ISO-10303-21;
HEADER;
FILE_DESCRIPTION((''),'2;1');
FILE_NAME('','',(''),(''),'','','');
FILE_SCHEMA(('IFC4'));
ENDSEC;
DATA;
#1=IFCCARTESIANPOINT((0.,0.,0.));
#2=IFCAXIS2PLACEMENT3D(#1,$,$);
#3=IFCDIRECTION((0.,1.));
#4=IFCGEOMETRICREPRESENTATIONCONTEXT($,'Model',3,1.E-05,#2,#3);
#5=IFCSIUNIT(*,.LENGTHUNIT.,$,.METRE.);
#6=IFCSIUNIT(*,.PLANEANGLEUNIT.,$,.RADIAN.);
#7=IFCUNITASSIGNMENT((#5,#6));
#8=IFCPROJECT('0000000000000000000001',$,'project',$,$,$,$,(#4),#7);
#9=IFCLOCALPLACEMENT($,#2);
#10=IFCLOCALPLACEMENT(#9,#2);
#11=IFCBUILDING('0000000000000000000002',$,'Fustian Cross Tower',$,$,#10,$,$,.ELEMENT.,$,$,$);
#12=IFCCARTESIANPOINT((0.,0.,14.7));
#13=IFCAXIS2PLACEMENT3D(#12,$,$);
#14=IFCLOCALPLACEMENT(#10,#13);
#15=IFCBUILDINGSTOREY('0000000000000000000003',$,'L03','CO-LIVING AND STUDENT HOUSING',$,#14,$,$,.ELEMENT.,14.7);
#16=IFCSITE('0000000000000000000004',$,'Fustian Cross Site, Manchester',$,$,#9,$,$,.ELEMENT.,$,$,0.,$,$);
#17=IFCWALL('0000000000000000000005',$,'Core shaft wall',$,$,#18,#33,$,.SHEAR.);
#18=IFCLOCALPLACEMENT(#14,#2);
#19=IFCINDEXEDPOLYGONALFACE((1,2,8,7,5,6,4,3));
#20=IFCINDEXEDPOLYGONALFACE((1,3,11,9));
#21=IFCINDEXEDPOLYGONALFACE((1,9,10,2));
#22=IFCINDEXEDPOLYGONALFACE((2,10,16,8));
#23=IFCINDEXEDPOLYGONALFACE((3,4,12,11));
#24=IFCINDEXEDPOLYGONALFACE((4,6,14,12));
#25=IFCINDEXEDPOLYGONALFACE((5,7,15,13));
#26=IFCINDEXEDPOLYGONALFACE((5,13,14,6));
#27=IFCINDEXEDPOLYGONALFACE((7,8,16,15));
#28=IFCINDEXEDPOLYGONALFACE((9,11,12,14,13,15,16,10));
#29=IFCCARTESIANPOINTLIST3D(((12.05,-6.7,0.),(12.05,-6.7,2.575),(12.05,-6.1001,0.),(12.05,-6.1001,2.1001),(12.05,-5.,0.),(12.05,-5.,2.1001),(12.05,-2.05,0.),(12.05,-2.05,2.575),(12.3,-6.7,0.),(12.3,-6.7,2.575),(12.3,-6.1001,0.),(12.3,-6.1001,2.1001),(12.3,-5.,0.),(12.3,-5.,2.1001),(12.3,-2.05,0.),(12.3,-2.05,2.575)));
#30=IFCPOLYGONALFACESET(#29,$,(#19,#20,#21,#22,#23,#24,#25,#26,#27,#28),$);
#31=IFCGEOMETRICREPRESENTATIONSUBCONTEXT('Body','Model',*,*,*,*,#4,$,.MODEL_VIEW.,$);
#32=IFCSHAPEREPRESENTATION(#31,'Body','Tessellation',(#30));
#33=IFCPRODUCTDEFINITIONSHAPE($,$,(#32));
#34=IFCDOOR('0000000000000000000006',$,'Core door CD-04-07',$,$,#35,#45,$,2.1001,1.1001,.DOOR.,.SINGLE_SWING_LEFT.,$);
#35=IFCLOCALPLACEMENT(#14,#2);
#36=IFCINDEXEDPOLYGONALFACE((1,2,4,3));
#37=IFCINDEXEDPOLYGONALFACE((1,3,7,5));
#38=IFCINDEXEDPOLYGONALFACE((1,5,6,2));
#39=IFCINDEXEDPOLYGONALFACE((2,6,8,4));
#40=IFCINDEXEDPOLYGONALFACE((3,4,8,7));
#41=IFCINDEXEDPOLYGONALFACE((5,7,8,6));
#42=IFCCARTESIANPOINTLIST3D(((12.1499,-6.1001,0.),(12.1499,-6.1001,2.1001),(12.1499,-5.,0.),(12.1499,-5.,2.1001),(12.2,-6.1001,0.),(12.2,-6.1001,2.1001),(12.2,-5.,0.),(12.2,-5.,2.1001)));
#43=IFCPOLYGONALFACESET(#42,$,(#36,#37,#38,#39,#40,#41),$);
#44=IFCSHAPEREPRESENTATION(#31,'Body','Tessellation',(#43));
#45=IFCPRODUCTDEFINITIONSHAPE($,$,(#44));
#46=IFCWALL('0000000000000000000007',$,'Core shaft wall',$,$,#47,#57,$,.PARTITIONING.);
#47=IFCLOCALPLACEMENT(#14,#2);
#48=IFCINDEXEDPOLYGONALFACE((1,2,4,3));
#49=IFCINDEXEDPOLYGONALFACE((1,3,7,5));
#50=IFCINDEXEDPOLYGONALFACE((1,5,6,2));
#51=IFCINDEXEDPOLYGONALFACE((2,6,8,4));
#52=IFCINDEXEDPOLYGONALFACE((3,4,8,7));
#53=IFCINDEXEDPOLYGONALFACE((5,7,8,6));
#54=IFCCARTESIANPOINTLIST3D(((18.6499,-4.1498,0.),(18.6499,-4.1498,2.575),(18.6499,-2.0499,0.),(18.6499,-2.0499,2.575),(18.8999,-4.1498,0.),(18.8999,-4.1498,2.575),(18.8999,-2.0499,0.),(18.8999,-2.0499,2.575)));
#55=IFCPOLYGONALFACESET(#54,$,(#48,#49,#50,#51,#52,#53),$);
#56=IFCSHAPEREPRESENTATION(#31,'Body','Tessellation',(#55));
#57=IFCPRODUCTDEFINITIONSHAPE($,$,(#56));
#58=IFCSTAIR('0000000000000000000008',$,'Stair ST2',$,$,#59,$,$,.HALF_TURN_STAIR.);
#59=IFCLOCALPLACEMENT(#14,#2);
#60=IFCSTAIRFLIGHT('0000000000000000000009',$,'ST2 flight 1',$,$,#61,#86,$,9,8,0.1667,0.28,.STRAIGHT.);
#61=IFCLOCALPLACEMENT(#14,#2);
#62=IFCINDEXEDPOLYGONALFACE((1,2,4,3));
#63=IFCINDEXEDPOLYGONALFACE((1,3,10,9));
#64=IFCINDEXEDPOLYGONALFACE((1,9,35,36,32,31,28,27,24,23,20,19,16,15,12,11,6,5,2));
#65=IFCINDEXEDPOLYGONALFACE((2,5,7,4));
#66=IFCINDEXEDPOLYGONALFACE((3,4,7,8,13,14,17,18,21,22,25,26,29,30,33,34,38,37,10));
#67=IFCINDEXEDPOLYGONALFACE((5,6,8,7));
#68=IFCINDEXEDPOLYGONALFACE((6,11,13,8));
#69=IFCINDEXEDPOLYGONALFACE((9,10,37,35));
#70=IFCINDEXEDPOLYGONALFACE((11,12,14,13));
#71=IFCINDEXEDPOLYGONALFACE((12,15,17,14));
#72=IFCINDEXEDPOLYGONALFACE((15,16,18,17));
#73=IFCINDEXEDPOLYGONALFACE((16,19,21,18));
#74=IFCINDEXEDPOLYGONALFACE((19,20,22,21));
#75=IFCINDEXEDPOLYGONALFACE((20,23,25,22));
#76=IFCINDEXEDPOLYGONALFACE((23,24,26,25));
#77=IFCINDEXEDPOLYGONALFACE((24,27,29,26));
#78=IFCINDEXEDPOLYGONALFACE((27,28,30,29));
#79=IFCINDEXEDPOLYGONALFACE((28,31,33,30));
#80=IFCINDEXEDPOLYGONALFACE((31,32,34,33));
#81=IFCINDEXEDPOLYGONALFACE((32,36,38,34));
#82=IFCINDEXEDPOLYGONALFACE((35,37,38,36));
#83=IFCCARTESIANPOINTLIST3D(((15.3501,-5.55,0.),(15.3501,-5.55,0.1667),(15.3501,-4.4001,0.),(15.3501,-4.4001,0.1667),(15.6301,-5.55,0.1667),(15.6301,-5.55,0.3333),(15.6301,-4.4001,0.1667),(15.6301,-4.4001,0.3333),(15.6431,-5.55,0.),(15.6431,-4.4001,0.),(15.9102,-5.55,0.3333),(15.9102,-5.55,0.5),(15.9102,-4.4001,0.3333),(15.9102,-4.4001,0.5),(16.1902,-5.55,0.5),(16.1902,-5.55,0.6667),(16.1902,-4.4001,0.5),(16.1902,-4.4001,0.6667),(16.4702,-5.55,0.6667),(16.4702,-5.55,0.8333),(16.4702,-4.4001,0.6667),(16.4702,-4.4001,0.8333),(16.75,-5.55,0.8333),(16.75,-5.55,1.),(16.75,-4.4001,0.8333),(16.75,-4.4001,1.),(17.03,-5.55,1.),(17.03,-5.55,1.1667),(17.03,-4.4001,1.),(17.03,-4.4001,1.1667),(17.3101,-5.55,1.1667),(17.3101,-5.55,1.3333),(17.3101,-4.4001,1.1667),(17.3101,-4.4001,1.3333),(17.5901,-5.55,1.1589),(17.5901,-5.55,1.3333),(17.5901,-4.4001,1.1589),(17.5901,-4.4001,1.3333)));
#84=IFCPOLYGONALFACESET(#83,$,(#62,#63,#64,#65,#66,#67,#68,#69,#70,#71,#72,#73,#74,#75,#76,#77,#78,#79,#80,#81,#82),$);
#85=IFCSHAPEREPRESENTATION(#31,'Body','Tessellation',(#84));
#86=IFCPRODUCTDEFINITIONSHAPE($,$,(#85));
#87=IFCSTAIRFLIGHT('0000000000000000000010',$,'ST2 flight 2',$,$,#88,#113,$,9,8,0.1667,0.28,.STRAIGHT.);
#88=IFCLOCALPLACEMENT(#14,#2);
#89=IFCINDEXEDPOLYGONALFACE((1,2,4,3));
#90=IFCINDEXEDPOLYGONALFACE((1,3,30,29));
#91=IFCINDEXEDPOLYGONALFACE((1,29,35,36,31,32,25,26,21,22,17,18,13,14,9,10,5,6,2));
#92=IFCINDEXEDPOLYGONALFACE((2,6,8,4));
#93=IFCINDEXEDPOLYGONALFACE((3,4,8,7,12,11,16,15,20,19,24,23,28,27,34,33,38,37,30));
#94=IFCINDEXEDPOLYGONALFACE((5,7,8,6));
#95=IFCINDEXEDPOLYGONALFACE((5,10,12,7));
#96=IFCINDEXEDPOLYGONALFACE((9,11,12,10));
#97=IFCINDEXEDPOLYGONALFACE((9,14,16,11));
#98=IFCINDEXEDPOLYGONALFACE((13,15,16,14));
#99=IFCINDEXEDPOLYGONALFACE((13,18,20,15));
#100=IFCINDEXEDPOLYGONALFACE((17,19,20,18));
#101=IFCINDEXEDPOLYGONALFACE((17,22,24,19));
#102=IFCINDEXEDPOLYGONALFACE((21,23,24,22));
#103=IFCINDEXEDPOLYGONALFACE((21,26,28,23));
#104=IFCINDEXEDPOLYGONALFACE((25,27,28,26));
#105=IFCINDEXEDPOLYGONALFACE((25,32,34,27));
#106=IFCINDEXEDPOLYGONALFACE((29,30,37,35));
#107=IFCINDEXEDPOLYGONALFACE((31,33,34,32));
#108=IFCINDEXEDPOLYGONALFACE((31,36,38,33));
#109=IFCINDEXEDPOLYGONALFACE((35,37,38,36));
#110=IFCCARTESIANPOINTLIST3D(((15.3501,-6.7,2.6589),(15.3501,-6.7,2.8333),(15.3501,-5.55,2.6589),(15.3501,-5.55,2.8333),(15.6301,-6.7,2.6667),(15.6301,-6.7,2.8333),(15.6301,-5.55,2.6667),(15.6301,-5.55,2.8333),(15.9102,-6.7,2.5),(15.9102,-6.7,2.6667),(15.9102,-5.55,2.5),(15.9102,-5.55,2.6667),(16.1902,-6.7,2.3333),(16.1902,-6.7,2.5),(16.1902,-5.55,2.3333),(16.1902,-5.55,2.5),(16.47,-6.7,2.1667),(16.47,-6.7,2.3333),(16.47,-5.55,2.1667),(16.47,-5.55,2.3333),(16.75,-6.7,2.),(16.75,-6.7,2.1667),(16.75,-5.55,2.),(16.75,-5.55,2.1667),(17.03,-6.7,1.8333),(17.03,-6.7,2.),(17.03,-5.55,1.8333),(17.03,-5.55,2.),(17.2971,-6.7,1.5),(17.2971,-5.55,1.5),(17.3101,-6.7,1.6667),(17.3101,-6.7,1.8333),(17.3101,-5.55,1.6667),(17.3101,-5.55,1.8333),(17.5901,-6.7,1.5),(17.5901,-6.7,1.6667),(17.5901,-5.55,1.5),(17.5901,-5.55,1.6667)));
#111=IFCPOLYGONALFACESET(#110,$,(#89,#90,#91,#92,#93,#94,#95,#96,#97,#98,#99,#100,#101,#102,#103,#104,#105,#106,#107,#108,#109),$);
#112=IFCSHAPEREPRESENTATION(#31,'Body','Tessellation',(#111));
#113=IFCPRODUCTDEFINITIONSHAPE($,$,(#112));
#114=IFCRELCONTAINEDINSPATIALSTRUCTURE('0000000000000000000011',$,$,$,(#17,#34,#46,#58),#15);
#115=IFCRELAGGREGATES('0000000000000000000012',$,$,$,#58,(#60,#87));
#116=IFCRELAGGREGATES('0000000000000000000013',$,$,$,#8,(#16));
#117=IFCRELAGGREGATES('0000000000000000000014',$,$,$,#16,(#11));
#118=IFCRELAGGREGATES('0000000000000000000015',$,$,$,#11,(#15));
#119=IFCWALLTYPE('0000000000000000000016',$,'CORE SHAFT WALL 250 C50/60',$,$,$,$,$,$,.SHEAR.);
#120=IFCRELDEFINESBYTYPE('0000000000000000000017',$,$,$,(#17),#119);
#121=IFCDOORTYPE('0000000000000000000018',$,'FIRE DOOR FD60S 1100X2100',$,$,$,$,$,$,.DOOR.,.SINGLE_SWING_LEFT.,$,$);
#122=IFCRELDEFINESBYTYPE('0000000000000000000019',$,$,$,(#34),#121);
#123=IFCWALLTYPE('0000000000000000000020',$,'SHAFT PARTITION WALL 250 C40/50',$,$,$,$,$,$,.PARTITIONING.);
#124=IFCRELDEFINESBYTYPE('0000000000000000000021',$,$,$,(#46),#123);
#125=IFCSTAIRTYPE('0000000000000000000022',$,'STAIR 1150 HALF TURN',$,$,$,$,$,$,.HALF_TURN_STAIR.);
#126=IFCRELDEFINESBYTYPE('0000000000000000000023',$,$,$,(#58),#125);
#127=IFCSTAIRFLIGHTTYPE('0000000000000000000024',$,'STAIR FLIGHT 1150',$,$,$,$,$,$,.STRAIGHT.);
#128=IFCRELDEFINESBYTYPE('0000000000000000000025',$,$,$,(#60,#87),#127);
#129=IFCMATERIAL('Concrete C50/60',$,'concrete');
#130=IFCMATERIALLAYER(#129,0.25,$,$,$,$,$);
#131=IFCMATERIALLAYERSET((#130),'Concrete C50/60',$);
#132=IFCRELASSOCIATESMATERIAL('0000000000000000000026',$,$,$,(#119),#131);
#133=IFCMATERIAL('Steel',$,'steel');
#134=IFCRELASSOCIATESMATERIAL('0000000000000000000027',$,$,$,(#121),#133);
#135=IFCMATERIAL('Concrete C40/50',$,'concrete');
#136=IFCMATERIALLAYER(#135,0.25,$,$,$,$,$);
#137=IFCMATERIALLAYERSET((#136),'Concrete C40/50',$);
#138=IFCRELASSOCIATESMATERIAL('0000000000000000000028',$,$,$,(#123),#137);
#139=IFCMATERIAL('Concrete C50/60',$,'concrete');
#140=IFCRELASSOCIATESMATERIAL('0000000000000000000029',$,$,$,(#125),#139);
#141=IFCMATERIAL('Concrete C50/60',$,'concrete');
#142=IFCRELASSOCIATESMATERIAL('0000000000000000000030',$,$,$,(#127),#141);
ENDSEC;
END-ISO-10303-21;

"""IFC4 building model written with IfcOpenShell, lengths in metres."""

from ifc_helpers import new_model, si_unit, direction, frame, frame_2d, origin, place, context, subcontext, project, spatial, polyline, rectangle, outline, extrude, material, layer, layer_set, type_object, element, fill, aggregate, save


model = new_model("IFC4")

# Units and contexts
model_context = context("Model", 3, precision=1e-05, world=origin(), true_north=direction((0.0, 1.0)))
body_context = subcontext(model_context, "Body", "Model", "MODEL_VIEW")
ifc_project = project(units=[si_unit("LENGTHUNIT", "METRE"), si_unit("PLANEANGLEUNIT", "RADIAN")], contexts=[model_context])

# Site, building, storey
site_placement = place(None, origin())
site = spatial("IfcSite", under=ifc_project, at=site_placement, Name="Fustian Cross Site, Manchester", CompositionType="ELEMENT", RefElevation=0.0)
building_placement = place(site_placement, origin())
building = spatial("IfcBuilding", under=site, at=building_placement, Name="Fustian Cross Tower", CompositionType="ELEMENT")
storey_placement = place(building_placement, frame((0.0, 0.0, 14.7)))
storey = spatial("IfcBuildingStorey", under=building, at=storey_placement, Name="L03", Description="CO-LIVING AND STUDENT HOUSING", CompositionType="ELEMENT", Elevation=14.7)

# Shared definitions
ifc_material_1 = material(Name="Concrete C50/60", Category="concrete")
ifc_layer_1 = layer(ifc_material_1, 0.25)
ifc_layer_set_1 = layer_set([ifc_layer_1], Name="Concrete C50/60")
wall_type_1 = type_object("IfcWallType", Name="CORE SHAFT WALL 250 C50/60", PredefinedType="SHEAR", material=ifc_layer_set_1)

# Wall, opening, door
wall_1_placement = place(storey_placement, frame((12.175, -2.05, 0.0), z_axis=(0.0, 0.0, 1.0), x_axis=(0.0, -1.0, 0.0)))
wall_1 = element("IfcWall", 1, at=wall_1_placement, inside=storey, type_object=wall_type_1, Name="Core shaft wall", PredefinedType="SHEAR", context=body_context, shape_type="SweptSolid", body=[
    extrude(rectangle(XDim=4.6499, YDim=0.25, at=frame_2d((2.325, 0.0))), origin(), (0.0, 0.0, 1.0), 2.575),
])
opening_1_placement = place(wall_1_placement, frame((2.95, 0.0, 0.0)))
opening_1 = element("IfcOpeningElement", 2, at=opening_1_placement, cuts=wall_1, PredefinedType="OPENING", context=body_context, shape_type="SweptSolid", body=[
    extrude(rectangle(XDim=1.1001, YDim=2.1001, at=frame_2d((0.55, 1.05))), frame((0.0, 0.135, 0.0), z_axis=(0.0, -1.0, 0.0), x_axis=(1.0, 0.0, 0.0)), (0.0, 0.0, 1.0), 0.27),
])
ifc_material_2 = material(Name="Steel", Category="steel")
door_type_1 = type_object("IfcDoorType", Name="FIRE DOOR FD60S 1100X2100", OperationType="SINGLE_SWING_LEFT", PredefinedType="DOOR", material=ifc_material_2)
door_1_placement = place(opening_1_placement, origin())
door_1 = element("IfcDoor", 3, at=door_1_placement, inside=storey, type_object=door_type_1, Name="Core door CD-04-07", OperationType="SINGLE_SWING_LEFT", OverallHeight=2.1001, OverallWidth=1.1001, PredefinedType="DOOR", context=body_context, shape_type="SweptSolid", body=[
    extrude(rectangle(XDim=1.1001, YDim=2.1001, at=frame_2d((0.55, 1.05))), frame((0.0, 0.0249, 0.0), z_axis=(0.0, -1.0, 0.0), x_axis=(1.0, 0.0, 0.0)), (0.0, 0.0, 1.0), 0.05),
])
fill(opening_1, door_1)

# Wall
ifc_material_3 = material(Name="Concrete C40/50", Category="concrete")
ifc_layer_2 = layer(ifc_material_3, 0.25)
ifc_layer_set_2 = layer_set([ifc_layer_2], Name="Concrete C40/50")
wall_type_2 = type_object("IfcWallType", Name="SHAFT PARTITION WALL 250 C40/50", PredefinedType="PARTITIONING", material=ifc_layer_set_2)
wall_2_placement = place(storey_placement, frame((18.7749, -2.05, 0.0), z_axis=(0.0, 0.0, 1.0), x_axis=(0.0, -1.0, 0.0)))
element("IfcWall", 4, at=wall_2_placement, inside=storey, type_object=wall_type_2, Name="Core shaft wall", PredefinedType="PARTITIONING", context=body_context, shape_type="SweptSolid", body=[
    extrude(rectangle(XDim=2.0999, YDim=0.25, at=frame_2d((1.0498, 0.0))), origin(), (0.0, 0.0, 1.0), 2.575),
])

# Stair, stair flights
ifc_material_4 = material(Name="Concrete C50/60", Category="concrete")
stair_type = type_object("IfcStairType", Name="STAIR 1150 HALF TURN", PredefinedType="HALF_TURN_STAIR", material=ifc_material_4)
stair_placement = place(storey_placement, origin())
stair = element("IfcStair", 5, at=stair_placement, inside=storey, type_object=stair_type, Name="Stair ST2", PredefinedType="HALF_TURN_STAIR")
ifc_material_5 = material(Name="Concrete C50/60", Category="concrete")
stair_flight_type = type_object("IfcStairFlightType", Name="STAIR FLIGHT 1150", PredefinedType="STRAIGHT", material=ifc_material_5)
stair_flight_1_placement = place(storey_placement, frame((15.3501, -4.9751, 0.0), z_axis=(0.0, 0.0, 1.0), x_axis=(1.0, 0.0, 0.0)))
stair_flight_1 = element("IfcStairFlight", 6, at=stair_flight_1_placement, type_object=stair_flight_type, Name="ST2 flight 1", NumberOfRisers=9, NumberOfTreads=8, PredefinedType="STRAIGHT", RiserHeight=0.1667, TreadLength=0.28, context=body_context, shape_type="SweptSolid", body=[
    extrude(outline(polyline([(0.0, 0.0), (0.0, 0.1667), (0.28, 0.1667), (0.28, 0.3333), (0.5601, 0.3333), (0.5601, 0.5), (0.8401, 0.5), (0.8401, 0.6667), (1.1201, 0.6667), (1.1201, 0.8333), (1.3999, 0.8333), (1.3999, 1.0), (1.6799, 1.0), (1.6799, 1.1667), (1.96, 1.1667), (1.96, 1.3333), (2.24, 1.3333), (2.24, 1.5), (2.24, 1.1589), (0.293, 0.0), (0.0, 0.0)])), frame((0.0, 0.575, 0.0), z_axis=(0.0, -1.0, 0.0), x_axis=(1.0, 0.0, 0.0)), (0.0, 0.0, 1.0), 1.1499),
])
stair_flight_2_placement = place(storey_placement, frame((17.5901, -6.125, 1.5), z_axis=(0.0, 0.0, 1.0), x_axis=(-1.0, 0.0, 0.0)))
stair_flight_2 = element("IfcStairFlight", 7, at=stair_flight_2_placement, type_object=stair_flight_type, Name="ST2 flight 2", NumberOfRisers=9, NumberOfTreads=8, PredefinedType="STRAIGHT", RiserHeight=0.1667, TreadLength=0.28, context=body_context, shape_type="SweptSolid", body=[
    extrude(outline(polyline([(0.0, 0.0), (0.0, 0.1667), (0.28, 0.1667), (0.28, 0.3333), (0.5601, 0.3333), (0.5601, 0.5), (0.8401, 0.5), (0.8401, 0.6667), (1.1201, 0.6667), (1.1201, 0.8333), (1.3999, 0.8333), (1.3999, 1.0), (1.6799, 1.0), (1.6799, 1.1667), (1.96, 1.1667), (1.96, 1.3333), (2.24, 1.3333), (2.24, 1.5), (2.24, 1.1589), (0.293, 0.0), (0.0, 0.0)])), frame((0.0, 0.575, 0.0), z_axis=(0.0, -1.0, 0.0), x_axis=(1.0, 0.0, 0.0)), (0.0, 0.0, 1.0), 1.1499),
])
aggregate(stair, [stair_flight_1, stair_flight_2])

save(model, "model.ifc")
